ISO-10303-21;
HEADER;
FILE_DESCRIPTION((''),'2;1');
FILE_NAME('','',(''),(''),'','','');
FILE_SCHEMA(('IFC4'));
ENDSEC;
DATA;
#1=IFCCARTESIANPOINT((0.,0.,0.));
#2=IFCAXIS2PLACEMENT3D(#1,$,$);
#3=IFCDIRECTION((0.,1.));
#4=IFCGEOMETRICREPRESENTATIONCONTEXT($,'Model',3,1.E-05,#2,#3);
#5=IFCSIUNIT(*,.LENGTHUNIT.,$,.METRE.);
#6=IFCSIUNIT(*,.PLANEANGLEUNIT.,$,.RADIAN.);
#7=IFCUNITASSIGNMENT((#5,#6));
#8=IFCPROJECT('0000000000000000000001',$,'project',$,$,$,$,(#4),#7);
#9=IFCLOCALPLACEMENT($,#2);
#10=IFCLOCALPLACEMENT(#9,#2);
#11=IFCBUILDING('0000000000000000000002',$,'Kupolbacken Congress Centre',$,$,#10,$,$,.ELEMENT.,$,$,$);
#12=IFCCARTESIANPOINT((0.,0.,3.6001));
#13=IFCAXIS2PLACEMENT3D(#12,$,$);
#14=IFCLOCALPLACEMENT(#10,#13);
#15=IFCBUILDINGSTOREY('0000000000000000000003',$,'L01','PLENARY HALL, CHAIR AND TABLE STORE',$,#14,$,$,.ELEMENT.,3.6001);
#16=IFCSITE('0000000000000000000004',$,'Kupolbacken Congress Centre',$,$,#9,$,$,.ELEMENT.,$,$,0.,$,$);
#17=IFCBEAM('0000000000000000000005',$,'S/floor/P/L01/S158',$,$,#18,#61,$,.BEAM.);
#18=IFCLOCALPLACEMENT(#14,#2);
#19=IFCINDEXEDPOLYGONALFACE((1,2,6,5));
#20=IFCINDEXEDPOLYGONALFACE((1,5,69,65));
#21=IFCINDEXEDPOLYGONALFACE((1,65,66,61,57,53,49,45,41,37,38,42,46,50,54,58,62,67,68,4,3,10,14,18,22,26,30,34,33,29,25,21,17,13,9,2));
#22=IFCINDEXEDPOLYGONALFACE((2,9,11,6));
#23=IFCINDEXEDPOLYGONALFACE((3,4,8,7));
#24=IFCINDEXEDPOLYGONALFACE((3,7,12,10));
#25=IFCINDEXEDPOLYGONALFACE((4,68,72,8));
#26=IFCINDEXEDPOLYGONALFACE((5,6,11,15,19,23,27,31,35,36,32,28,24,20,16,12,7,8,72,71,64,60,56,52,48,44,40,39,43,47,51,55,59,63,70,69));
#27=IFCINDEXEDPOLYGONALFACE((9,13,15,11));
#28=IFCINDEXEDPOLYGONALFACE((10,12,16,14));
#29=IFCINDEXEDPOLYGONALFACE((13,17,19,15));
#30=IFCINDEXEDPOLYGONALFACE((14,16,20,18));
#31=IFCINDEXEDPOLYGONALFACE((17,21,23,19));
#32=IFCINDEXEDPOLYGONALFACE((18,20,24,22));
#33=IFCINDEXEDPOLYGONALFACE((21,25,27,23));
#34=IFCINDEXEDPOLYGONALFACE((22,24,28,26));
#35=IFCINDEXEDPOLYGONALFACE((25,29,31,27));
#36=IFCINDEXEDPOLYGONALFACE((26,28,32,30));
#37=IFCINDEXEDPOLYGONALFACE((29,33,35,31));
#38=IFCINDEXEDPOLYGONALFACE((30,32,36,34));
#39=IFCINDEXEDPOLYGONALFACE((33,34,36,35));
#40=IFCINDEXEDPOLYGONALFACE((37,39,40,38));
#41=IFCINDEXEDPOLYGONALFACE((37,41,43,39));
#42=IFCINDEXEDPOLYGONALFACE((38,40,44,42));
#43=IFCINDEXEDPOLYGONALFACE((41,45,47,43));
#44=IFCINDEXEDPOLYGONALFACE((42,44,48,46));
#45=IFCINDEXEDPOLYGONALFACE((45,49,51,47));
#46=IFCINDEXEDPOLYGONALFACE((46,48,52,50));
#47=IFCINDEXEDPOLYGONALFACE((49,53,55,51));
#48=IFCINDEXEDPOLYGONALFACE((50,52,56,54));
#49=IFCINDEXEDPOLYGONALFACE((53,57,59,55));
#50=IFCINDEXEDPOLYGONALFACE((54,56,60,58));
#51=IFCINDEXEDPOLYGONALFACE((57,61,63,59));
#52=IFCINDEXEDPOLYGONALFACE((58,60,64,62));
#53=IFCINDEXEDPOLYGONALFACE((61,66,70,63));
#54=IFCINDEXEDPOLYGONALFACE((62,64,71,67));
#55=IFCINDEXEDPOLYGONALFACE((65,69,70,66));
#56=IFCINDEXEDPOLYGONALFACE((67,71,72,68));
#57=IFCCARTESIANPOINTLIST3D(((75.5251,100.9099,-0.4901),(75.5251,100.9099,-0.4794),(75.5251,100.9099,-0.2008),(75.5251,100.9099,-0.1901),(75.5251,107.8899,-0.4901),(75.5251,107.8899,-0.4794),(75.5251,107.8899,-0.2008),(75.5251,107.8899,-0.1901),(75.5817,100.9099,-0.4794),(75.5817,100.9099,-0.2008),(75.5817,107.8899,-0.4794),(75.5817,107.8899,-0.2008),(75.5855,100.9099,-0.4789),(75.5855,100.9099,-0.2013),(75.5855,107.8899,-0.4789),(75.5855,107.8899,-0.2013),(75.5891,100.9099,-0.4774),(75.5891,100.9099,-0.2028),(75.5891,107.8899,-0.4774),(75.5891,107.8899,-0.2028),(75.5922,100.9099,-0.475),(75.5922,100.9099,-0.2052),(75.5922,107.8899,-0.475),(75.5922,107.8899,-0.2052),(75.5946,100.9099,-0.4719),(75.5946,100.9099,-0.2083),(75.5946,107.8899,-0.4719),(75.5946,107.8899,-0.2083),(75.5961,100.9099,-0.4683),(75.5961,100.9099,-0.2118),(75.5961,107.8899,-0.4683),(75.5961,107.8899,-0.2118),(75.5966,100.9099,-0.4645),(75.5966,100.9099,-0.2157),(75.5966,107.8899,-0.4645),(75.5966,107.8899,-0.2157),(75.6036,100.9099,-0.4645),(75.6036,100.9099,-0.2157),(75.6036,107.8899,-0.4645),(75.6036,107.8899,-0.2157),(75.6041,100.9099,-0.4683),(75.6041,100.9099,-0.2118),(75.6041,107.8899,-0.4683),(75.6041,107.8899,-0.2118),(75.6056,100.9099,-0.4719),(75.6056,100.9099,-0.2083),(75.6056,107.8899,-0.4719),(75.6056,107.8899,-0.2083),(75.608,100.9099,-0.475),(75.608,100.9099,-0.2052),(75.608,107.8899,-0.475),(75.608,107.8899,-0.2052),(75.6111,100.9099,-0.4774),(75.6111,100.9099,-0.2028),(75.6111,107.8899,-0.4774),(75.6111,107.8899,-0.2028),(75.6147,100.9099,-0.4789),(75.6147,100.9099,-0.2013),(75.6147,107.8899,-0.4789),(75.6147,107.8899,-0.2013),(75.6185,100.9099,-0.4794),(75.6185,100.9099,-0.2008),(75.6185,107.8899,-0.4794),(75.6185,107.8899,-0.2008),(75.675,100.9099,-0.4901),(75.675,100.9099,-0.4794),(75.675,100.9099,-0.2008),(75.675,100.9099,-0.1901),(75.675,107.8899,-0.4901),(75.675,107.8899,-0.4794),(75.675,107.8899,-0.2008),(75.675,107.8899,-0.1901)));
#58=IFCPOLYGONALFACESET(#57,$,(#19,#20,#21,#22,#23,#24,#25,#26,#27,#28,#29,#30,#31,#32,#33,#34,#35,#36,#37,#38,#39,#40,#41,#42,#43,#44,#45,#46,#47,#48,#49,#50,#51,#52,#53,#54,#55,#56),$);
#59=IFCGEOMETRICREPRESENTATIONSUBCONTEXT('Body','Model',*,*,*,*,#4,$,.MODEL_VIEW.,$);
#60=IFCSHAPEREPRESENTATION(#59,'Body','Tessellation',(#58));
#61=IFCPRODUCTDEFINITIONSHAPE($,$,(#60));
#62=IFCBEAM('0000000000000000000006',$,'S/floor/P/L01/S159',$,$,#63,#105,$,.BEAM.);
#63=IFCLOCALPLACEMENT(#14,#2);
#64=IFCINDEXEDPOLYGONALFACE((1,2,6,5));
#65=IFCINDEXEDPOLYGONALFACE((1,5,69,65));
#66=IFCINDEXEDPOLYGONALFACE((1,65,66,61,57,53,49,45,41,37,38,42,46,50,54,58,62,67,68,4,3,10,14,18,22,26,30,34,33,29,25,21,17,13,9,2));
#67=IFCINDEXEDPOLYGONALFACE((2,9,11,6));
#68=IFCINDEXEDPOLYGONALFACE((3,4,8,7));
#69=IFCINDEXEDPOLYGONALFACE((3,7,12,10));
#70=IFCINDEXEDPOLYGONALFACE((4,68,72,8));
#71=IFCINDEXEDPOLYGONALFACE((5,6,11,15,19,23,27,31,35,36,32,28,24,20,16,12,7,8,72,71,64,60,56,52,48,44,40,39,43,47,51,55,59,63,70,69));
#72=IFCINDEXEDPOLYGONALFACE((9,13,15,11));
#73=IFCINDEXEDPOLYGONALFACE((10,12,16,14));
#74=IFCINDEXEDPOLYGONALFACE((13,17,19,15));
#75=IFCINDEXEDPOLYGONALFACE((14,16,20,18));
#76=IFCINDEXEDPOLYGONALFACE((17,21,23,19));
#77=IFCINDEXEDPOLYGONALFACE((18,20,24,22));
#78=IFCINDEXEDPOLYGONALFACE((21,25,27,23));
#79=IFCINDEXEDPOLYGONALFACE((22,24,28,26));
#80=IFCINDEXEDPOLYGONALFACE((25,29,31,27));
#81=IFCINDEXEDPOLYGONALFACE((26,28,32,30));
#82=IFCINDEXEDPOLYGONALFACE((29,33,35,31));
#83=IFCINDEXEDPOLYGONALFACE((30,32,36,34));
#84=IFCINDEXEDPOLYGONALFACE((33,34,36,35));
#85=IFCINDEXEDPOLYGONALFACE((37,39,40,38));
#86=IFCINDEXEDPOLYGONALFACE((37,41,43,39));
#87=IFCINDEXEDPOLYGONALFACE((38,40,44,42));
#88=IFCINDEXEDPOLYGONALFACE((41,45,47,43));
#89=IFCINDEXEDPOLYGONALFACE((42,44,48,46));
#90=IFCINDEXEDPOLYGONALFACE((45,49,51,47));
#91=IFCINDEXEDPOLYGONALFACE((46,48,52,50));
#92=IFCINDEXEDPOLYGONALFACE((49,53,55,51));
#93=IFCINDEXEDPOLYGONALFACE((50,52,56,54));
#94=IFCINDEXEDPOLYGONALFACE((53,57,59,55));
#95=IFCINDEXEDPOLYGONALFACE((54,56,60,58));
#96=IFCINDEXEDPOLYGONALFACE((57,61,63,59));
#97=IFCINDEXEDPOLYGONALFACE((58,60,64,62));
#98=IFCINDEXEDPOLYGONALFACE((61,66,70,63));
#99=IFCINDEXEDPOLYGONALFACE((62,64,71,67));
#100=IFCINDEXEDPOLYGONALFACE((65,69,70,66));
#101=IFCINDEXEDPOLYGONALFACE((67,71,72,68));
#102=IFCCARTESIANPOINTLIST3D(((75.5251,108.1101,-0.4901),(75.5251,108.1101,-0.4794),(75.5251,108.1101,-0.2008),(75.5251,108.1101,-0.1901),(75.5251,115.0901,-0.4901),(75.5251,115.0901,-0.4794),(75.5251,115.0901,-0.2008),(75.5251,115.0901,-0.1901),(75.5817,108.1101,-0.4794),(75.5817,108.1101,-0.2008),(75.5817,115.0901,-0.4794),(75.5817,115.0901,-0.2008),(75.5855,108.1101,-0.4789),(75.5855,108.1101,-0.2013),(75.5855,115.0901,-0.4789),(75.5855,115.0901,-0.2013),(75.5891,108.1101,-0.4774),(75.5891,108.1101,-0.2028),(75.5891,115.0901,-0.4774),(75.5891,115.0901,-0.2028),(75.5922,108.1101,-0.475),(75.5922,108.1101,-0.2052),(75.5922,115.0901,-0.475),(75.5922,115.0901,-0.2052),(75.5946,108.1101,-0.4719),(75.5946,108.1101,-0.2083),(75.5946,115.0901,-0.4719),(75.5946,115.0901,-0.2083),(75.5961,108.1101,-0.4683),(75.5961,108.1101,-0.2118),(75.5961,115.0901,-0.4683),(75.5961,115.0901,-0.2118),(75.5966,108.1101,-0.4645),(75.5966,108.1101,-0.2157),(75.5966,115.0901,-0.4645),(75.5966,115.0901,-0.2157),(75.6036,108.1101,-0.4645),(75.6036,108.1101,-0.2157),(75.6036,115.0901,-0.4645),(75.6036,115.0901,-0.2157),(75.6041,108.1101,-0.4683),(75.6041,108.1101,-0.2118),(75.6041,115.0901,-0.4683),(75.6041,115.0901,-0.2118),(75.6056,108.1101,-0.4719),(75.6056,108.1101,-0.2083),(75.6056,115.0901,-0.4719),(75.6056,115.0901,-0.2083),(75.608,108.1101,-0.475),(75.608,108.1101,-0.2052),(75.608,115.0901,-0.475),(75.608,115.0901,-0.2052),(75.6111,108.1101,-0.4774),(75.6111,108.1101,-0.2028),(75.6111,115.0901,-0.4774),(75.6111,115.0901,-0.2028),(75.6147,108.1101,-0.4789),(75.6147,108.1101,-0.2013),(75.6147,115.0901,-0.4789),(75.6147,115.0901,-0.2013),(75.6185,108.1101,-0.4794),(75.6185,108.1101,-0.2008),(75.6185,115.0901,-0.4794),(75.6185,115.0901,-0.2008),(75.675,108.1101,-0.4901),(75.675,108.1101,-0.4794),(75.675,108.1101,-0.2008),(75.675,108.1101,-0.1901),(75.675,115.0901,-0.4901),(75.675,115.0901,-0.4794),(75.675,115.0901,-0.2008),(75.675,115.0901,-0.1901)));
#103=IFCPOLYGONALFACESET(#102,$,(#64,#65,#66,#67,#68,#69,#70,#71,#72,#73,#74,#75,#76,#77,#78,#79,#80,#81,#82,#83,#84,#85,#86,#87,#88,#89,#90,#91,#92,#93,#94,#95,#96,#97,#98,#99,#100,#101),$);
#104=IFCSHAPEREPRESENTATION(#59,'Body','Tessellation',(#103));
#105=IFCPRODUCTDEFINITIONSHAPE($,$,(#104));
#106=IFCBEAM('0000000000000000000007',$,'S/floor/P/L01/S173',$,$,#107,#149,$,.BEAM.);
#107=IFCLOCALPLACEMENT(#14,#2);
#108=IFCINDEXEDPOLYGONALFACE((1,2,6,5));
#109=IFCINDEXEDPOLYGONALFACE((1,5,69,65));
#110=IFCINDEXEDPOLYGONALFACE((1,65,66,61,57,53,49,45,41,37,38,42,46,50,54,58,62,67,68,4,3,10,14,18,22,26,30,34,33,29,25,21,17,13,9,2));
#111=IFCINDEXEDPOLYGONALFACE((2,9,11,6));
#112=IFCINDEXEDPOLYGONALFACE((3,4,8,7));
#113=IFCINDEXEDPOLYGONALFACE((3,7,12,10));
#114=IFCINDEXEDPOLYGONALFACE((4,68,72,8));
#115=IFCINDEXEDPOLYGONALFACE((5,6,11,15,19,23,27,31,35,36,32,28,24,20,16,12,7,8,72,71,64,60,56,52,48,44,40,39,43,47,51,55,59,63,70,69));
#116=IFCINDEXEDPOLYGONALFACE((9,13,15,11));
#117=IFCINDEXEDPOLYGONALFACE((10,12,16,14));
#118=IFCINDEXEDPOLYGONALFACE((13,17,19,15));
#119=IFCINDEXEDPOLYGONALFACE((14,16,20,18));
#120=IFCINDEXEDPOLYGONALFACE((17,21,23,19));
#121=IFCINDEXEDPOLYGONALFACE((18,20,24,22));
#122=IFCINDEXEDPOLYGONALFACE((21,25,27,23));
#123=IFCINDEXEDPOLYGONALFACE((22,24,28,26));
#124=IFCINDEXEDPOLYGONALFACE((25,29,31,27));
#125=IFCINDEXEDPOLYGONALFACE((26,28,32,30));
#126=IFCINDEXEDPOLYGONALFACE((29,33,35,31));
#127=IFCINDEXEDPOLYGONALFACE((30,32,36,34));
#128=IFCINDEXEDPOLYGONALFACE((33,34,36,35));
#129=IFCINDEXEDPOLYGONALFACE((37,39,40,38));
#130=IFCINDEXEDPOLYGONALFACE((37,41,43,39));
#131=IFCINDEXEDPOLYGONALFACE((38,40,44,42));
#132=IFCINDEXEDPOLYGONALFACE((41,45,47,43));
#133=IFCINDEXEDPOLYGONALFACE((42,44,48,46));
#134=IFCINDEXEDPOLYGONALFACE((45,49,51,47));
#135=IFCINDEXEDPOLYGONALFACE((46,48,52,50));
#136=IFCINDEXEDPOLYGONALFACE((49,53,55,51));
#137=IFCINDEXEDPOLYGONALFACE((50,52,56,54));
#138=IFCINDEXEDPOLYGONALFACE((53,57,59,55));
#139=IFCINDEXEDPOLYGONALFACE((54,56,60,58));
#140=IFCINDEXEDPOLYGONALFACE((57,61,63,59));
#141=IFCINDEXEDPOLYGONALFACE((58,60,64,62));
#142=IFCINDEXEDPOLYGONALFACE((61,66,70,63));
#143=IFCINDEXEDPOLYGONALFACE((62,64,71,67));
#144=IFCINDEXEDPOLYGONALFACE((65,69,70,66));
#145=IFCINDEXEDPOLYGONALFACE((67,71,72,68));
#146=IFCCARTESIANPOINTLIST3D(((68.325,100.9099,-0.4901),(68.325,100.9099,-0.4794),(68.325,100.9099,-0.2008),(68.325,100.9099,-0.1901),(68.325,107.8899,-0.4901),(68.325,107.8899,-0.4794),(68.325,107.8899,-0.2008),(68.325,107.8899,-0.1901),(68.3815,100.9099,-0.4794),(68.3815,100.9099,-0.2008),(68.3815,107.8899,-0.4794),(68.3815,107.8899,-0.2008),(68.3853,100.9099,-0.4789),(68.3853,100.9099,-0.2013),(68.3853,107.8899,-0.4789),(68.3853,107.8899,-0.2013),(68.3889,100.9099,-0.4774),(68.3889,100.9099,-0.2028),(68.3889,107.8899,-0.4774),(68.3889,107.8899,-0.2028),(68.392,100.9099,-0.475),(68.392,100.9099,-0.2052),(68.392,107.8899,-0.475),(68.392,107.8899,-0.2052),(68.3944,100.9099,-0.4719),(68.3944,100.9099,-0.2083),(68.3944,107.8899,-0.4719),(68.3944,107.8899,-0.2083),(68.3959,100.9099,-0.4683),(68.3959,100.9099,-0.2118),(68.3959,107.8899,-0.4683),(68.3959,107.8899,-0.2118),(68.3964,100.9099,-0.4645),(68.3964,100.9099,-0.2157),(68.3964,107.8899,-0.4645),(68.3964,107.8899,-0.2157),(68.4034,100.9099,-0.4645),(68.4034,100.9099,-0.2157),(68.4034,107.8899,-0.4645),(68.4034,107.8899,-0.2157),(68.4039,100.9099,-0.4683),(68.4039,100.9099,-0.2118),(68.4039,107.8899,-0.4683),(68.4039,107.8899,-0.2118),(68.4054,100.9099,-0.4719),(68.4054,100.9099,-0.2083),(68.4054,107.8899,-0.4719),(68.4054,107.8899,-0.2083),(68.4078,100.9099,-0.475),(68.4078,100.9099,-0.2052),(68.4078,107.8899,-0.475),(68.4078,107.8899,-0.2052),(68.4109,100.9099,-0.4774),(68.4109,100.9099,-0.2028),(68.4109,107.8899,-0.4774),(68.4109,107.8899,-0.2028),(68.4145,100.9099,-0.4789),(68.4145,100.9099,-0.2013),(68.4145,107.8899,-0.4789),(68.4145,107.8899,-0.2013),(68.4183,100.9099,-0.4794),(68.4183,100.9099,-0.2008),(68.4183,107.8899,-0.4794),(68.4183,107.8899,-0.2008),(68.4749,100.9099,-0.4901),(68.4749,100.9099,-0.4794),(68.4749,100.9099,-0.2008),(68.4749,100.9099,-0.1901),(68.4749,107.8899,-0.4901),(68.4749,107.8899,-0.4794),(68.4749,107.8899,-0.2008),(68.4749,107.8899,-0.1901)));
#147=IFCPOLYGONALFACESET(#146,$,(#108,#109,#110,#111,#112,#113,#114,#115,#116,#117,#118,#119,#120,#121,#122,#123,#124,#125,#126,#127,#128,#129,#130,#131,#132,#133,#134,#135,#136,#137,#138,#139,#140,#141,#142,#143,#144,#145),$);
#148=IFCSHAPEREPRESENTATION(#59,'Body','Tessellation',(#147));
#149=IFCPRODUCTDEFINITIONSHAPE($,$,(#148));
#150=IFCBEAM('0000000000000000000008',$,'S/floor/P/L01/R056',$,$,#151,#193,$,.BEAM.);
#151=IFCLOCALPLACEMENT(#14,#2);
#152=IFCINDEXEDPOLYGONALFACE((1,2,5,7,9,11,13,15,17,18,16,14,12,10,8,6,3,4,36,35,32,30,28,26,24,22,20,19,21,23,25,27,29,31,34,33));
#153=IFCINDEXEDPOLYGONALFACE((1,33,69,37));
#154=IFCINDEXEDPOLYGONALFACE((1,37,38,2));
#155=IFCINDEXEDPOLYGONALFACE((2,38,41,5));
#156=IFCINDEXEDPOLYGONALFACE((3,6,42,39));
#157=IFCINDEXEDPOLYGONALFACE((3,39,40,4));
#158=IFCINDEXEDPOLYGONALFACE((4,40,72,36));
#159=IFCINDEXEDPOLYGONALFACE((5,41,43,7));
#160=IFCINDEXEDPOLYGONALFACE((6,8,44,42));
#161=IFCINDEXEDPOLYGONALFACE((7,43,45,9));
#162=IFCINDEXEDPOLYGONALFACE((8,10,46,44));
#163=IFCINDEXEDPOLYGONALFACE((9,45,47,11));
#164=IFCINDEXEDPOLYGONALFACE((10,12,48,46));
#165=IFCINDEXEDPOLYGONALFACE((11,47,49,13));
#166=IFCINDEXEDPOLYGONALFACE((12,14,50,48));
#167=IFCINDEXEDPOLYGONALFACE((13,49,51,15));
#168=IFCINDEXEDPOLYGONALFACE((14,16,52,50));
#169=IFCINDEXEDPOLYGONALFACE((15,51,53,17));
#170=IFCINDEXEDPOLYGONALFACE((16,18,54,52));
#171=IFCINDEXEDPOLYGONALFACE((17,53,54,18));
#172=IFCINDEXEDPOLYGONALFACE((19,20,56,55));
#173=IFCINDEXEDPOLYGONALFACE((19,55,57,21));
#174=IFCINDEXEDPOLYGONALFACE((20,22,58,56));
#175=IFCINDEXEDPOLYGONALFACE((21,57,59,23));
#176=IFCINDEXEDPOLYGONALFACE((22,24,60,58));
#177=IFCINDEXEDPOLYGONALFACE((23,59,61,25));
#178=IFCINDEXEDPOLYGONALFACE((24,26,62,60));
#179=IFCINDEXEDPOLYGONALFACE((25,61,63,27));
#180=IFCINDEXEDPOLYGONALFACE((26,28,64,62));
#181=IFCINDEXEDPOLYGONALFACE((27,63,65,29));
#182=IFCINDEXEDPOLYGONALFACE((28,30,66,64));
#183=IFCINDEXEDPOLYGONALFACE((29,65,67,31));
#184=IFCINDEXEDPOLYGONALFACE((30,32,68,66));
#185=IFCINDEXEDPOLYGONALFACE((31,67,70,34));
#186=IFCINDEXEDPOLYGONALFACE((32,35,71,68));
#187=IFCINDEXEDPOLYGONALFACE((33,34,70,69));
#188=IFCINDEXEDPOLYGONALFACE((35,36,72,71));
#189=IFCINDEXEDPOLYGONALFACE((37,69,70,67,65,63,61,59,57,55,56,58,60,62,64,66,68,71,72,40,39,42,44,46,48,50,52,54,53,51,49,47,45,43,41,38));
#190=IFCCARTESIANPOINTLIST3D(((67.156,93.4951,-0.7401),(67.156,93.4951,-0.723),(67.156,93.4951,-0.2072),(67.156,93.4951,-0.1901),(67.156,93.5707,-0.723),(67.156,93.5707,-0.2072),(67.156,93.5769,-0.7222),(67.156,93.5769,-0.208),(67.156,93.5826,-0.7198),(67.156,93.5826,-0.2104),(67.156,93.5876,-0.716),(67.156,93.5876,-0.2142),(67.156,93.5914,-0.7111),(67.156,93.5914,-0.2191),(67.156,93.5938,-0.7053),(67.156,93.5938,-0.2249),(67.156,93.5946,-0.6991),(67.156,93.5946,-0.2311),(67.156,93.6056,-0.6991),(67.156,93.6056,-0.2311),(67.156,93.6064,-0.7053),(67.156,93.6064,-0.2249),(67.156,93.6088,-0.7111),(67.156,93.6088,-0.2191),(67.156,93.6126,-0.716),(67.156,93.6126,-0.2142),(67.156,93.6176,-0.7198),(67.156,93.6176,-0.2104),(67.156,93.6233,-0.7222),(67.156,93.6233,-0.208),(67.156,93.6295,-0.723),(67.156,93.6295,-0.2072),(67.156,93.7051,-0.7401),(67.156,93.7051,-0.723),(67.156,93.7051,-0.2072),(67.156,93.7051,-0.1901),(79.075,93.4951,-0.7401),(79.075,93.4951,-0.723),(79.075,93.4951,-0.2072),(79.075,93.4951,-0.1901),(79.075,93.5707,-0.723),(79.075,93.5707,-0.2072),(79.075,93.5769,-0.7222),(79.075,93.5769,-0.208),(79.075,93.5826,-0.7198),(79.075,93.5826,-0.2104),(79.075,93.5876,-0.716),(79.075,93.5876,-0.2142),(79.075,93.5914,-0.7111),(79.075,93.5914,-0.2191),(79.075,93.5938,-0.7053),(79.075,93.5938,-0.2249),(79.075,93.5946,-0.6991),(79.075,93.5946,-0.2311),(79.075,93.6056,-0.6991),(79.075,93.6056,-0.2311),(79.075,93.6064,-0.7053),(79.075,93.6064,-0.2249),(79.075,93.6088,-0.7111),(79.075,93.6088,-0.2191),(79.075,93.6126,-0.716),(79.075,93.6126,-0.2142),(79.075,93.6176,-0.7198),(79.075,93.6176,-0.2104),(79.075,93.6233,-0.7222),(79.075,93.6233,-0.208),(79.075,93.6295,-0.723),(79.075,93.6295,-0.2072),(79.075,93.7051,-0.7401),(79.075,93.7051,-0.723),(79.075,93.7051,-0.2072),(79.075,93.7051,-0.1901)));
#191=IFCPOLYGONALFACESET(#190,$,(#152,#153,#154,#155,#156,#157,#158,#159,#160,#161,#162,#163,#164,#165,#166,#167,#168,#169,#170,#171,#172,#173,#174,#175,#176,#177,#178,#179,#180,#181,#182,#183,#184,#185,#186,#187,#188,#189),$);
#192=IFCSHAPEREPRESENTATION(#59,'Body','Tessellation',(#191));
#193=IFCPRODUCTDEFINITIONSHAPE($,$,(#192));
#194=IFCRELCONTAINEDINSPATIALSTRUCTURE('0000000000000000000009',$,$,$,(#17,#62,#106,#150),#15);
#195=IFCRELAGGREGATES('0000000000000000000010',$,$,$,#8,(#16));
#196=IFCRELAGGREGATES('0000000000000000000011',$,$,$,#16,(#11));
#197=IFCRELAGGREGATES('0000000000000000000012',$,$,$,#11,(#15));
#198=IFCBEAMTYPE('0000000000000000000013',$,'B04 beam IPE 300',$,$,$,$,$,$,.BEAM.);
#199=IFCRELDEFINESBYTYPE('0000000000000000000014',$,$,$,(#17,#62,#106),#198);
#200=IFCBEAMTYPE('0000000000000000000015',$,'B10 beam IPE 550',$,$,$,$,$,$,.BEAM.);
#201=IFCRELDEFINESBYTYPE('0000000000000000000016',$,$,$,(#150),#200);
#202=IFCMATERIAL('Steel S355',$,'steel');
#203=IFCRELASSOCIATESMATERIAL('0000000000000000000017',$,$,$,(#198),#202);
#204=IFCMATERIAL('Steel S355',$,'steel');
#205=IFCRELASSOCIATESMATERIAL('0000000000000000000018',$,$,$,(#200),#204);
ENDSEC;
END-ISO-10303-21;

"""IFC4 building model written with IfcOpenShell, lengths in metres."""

from ifc_helpers import new_model, si_unit, direction, frame, origin, origin_2d, place, context, subcontext, project, spatial, i_section, extrude, material, material_profile, profile_set, type_object, element, save


model = new_model("IFC4")

# Units and contexts
model_context = context("Model", 3, precision=1e-05, world=origin(), true_north=direction((0.0, 1.0)))
body_context = subcontext(model_context, "Body", "Model", "MODEL_VIEW")
ifc_project = project(units=[si_unit("LENGTHUNIT", "METRE"), si_unit("PLANEANGLEUNIT", "RADIAN")], contexts=[model_context])

# Site, building, storey
site_placement = place(None, origin())
site = spatial("IfcSite", under=ifc_project, at=site_placement, Name="Kupolbacken Congress Centre", CompositionType="ELEMENT", RefElevation=0.0)
building_placement = place(site_placement, origin())
building = spatial("IfcBuilding", under=site, at=building_placement, Name="Kupolbacken Congress Centre", CompositionType="ELEMENT")
storey_placement = place(building_placement, frame((0.0, 0.0, 3.6001)))
storey = spatial("IfcBuildingStorey", under=building, at=storey_placement, Name="L01", Description="PLENARY HALL, CHAIR AND TABLE STORE", CompositionType="ELEMENT", Elevation=3.6001)

# Beams
ifc_material_1 = material(Name="Steel S355", Category="steel")
ifc_material_profile_1 = material_profile(ifc_material_1, i_section(OverallWidth=0.1499, OverallDepth=0.3, WebThickness=0.0071, FlangeThickness=0.0107, FilletRadius=0.0149, at=origin_2d()), Name="IPE 300")
ifc_profile_set_1 = profile_set([ifc_material_profile_1], Name="Steel S355")
beam_type_1 = type_object("IfcBeamType", Name="B04 beam IPE 300", PredefinedType="BEAM", material=ifc_profile_set_1)
for number, where, z_axis, x_axis, name in (
    (1, (75.6001, 100.9099, -0.3401), (0.0, 1.0, 0.0), (-1.0, 0.0, 0.0), "S/floor/P/L01/S158"),
    (2, (75.6001, 108.1101, -0.3401), (0.0, 1.0, 0.0), (-1.0, 0.0, 0.0), "S/floor/P/L01/S159"),
    (3, (68.3999, 100.9099, -0.3401), (0.0, 1.0, 0.0), (-1.0, 0.0, 0.0), "S/floor/P/L01/S173"),
):
    element("IfcBeam", number, at=place(storey_placement, frame(where, z_axis=z_axis, x_axis=x_axis)), inside=storey, type_object=beam_type_1, Name=name, PredefinedType="BEAM", context=body_context, shape_type="SweptSolid", body=[
        extrude(i_section(OverallWidth=0.1499, OverallDepth=0.3, WebThickness=0.0071, FlangeThickness=0.0107, FilletRadius=0.0149, at=origin_2d()), origin(), (0.0, 0.0, 1.0), 6.98),
    ])
ifc_material_2 = material(Name="Steel S355", Category="steel")
ifc_material_profile_2 = material_profile(ifc_material_2, i_section(OverallWidth=0.21, OverallDepth=0.55, WebThickness=0.011, FlangeThickness=0.0171, FilletRadius=0.0239, at=origin_2d()), Name="IPE 550")
ifc_profile_set_2 = profile_set([ifc_material_profile_2], Name="Steel S355")
beam_type_2 = type_object("IfcBeamType", Name="B10 beam IPE 550", PredefinedType="BEAM", material=ifc_profile_set_2)
beam_1_placement = place(storey_placement, frame((67.156, 93.6001, -0.4651), z_axis=(1.0, 0.0, 0.0), x_axis=(0.0, 1.0, 0.0)))
element("IfcBeam", 4, at=beam_1_placement, inside=storey, type_object=beam_type_2, Name="S/floor/P/L01/R056", PredefinedType="BEAM", context=body_context, shape_type="SweptSolid", body=[
    extrude(i_section(OverallWidth=0.21, OverallDepth=0.55, WebThickness=0.011, FlangeThickness=0.0171, FilletRadius=0.0239, at=origin_2d()), origin(), (0.0, 0.0, 1.0), 11.9189),
])

save(model, "model.ifc")
